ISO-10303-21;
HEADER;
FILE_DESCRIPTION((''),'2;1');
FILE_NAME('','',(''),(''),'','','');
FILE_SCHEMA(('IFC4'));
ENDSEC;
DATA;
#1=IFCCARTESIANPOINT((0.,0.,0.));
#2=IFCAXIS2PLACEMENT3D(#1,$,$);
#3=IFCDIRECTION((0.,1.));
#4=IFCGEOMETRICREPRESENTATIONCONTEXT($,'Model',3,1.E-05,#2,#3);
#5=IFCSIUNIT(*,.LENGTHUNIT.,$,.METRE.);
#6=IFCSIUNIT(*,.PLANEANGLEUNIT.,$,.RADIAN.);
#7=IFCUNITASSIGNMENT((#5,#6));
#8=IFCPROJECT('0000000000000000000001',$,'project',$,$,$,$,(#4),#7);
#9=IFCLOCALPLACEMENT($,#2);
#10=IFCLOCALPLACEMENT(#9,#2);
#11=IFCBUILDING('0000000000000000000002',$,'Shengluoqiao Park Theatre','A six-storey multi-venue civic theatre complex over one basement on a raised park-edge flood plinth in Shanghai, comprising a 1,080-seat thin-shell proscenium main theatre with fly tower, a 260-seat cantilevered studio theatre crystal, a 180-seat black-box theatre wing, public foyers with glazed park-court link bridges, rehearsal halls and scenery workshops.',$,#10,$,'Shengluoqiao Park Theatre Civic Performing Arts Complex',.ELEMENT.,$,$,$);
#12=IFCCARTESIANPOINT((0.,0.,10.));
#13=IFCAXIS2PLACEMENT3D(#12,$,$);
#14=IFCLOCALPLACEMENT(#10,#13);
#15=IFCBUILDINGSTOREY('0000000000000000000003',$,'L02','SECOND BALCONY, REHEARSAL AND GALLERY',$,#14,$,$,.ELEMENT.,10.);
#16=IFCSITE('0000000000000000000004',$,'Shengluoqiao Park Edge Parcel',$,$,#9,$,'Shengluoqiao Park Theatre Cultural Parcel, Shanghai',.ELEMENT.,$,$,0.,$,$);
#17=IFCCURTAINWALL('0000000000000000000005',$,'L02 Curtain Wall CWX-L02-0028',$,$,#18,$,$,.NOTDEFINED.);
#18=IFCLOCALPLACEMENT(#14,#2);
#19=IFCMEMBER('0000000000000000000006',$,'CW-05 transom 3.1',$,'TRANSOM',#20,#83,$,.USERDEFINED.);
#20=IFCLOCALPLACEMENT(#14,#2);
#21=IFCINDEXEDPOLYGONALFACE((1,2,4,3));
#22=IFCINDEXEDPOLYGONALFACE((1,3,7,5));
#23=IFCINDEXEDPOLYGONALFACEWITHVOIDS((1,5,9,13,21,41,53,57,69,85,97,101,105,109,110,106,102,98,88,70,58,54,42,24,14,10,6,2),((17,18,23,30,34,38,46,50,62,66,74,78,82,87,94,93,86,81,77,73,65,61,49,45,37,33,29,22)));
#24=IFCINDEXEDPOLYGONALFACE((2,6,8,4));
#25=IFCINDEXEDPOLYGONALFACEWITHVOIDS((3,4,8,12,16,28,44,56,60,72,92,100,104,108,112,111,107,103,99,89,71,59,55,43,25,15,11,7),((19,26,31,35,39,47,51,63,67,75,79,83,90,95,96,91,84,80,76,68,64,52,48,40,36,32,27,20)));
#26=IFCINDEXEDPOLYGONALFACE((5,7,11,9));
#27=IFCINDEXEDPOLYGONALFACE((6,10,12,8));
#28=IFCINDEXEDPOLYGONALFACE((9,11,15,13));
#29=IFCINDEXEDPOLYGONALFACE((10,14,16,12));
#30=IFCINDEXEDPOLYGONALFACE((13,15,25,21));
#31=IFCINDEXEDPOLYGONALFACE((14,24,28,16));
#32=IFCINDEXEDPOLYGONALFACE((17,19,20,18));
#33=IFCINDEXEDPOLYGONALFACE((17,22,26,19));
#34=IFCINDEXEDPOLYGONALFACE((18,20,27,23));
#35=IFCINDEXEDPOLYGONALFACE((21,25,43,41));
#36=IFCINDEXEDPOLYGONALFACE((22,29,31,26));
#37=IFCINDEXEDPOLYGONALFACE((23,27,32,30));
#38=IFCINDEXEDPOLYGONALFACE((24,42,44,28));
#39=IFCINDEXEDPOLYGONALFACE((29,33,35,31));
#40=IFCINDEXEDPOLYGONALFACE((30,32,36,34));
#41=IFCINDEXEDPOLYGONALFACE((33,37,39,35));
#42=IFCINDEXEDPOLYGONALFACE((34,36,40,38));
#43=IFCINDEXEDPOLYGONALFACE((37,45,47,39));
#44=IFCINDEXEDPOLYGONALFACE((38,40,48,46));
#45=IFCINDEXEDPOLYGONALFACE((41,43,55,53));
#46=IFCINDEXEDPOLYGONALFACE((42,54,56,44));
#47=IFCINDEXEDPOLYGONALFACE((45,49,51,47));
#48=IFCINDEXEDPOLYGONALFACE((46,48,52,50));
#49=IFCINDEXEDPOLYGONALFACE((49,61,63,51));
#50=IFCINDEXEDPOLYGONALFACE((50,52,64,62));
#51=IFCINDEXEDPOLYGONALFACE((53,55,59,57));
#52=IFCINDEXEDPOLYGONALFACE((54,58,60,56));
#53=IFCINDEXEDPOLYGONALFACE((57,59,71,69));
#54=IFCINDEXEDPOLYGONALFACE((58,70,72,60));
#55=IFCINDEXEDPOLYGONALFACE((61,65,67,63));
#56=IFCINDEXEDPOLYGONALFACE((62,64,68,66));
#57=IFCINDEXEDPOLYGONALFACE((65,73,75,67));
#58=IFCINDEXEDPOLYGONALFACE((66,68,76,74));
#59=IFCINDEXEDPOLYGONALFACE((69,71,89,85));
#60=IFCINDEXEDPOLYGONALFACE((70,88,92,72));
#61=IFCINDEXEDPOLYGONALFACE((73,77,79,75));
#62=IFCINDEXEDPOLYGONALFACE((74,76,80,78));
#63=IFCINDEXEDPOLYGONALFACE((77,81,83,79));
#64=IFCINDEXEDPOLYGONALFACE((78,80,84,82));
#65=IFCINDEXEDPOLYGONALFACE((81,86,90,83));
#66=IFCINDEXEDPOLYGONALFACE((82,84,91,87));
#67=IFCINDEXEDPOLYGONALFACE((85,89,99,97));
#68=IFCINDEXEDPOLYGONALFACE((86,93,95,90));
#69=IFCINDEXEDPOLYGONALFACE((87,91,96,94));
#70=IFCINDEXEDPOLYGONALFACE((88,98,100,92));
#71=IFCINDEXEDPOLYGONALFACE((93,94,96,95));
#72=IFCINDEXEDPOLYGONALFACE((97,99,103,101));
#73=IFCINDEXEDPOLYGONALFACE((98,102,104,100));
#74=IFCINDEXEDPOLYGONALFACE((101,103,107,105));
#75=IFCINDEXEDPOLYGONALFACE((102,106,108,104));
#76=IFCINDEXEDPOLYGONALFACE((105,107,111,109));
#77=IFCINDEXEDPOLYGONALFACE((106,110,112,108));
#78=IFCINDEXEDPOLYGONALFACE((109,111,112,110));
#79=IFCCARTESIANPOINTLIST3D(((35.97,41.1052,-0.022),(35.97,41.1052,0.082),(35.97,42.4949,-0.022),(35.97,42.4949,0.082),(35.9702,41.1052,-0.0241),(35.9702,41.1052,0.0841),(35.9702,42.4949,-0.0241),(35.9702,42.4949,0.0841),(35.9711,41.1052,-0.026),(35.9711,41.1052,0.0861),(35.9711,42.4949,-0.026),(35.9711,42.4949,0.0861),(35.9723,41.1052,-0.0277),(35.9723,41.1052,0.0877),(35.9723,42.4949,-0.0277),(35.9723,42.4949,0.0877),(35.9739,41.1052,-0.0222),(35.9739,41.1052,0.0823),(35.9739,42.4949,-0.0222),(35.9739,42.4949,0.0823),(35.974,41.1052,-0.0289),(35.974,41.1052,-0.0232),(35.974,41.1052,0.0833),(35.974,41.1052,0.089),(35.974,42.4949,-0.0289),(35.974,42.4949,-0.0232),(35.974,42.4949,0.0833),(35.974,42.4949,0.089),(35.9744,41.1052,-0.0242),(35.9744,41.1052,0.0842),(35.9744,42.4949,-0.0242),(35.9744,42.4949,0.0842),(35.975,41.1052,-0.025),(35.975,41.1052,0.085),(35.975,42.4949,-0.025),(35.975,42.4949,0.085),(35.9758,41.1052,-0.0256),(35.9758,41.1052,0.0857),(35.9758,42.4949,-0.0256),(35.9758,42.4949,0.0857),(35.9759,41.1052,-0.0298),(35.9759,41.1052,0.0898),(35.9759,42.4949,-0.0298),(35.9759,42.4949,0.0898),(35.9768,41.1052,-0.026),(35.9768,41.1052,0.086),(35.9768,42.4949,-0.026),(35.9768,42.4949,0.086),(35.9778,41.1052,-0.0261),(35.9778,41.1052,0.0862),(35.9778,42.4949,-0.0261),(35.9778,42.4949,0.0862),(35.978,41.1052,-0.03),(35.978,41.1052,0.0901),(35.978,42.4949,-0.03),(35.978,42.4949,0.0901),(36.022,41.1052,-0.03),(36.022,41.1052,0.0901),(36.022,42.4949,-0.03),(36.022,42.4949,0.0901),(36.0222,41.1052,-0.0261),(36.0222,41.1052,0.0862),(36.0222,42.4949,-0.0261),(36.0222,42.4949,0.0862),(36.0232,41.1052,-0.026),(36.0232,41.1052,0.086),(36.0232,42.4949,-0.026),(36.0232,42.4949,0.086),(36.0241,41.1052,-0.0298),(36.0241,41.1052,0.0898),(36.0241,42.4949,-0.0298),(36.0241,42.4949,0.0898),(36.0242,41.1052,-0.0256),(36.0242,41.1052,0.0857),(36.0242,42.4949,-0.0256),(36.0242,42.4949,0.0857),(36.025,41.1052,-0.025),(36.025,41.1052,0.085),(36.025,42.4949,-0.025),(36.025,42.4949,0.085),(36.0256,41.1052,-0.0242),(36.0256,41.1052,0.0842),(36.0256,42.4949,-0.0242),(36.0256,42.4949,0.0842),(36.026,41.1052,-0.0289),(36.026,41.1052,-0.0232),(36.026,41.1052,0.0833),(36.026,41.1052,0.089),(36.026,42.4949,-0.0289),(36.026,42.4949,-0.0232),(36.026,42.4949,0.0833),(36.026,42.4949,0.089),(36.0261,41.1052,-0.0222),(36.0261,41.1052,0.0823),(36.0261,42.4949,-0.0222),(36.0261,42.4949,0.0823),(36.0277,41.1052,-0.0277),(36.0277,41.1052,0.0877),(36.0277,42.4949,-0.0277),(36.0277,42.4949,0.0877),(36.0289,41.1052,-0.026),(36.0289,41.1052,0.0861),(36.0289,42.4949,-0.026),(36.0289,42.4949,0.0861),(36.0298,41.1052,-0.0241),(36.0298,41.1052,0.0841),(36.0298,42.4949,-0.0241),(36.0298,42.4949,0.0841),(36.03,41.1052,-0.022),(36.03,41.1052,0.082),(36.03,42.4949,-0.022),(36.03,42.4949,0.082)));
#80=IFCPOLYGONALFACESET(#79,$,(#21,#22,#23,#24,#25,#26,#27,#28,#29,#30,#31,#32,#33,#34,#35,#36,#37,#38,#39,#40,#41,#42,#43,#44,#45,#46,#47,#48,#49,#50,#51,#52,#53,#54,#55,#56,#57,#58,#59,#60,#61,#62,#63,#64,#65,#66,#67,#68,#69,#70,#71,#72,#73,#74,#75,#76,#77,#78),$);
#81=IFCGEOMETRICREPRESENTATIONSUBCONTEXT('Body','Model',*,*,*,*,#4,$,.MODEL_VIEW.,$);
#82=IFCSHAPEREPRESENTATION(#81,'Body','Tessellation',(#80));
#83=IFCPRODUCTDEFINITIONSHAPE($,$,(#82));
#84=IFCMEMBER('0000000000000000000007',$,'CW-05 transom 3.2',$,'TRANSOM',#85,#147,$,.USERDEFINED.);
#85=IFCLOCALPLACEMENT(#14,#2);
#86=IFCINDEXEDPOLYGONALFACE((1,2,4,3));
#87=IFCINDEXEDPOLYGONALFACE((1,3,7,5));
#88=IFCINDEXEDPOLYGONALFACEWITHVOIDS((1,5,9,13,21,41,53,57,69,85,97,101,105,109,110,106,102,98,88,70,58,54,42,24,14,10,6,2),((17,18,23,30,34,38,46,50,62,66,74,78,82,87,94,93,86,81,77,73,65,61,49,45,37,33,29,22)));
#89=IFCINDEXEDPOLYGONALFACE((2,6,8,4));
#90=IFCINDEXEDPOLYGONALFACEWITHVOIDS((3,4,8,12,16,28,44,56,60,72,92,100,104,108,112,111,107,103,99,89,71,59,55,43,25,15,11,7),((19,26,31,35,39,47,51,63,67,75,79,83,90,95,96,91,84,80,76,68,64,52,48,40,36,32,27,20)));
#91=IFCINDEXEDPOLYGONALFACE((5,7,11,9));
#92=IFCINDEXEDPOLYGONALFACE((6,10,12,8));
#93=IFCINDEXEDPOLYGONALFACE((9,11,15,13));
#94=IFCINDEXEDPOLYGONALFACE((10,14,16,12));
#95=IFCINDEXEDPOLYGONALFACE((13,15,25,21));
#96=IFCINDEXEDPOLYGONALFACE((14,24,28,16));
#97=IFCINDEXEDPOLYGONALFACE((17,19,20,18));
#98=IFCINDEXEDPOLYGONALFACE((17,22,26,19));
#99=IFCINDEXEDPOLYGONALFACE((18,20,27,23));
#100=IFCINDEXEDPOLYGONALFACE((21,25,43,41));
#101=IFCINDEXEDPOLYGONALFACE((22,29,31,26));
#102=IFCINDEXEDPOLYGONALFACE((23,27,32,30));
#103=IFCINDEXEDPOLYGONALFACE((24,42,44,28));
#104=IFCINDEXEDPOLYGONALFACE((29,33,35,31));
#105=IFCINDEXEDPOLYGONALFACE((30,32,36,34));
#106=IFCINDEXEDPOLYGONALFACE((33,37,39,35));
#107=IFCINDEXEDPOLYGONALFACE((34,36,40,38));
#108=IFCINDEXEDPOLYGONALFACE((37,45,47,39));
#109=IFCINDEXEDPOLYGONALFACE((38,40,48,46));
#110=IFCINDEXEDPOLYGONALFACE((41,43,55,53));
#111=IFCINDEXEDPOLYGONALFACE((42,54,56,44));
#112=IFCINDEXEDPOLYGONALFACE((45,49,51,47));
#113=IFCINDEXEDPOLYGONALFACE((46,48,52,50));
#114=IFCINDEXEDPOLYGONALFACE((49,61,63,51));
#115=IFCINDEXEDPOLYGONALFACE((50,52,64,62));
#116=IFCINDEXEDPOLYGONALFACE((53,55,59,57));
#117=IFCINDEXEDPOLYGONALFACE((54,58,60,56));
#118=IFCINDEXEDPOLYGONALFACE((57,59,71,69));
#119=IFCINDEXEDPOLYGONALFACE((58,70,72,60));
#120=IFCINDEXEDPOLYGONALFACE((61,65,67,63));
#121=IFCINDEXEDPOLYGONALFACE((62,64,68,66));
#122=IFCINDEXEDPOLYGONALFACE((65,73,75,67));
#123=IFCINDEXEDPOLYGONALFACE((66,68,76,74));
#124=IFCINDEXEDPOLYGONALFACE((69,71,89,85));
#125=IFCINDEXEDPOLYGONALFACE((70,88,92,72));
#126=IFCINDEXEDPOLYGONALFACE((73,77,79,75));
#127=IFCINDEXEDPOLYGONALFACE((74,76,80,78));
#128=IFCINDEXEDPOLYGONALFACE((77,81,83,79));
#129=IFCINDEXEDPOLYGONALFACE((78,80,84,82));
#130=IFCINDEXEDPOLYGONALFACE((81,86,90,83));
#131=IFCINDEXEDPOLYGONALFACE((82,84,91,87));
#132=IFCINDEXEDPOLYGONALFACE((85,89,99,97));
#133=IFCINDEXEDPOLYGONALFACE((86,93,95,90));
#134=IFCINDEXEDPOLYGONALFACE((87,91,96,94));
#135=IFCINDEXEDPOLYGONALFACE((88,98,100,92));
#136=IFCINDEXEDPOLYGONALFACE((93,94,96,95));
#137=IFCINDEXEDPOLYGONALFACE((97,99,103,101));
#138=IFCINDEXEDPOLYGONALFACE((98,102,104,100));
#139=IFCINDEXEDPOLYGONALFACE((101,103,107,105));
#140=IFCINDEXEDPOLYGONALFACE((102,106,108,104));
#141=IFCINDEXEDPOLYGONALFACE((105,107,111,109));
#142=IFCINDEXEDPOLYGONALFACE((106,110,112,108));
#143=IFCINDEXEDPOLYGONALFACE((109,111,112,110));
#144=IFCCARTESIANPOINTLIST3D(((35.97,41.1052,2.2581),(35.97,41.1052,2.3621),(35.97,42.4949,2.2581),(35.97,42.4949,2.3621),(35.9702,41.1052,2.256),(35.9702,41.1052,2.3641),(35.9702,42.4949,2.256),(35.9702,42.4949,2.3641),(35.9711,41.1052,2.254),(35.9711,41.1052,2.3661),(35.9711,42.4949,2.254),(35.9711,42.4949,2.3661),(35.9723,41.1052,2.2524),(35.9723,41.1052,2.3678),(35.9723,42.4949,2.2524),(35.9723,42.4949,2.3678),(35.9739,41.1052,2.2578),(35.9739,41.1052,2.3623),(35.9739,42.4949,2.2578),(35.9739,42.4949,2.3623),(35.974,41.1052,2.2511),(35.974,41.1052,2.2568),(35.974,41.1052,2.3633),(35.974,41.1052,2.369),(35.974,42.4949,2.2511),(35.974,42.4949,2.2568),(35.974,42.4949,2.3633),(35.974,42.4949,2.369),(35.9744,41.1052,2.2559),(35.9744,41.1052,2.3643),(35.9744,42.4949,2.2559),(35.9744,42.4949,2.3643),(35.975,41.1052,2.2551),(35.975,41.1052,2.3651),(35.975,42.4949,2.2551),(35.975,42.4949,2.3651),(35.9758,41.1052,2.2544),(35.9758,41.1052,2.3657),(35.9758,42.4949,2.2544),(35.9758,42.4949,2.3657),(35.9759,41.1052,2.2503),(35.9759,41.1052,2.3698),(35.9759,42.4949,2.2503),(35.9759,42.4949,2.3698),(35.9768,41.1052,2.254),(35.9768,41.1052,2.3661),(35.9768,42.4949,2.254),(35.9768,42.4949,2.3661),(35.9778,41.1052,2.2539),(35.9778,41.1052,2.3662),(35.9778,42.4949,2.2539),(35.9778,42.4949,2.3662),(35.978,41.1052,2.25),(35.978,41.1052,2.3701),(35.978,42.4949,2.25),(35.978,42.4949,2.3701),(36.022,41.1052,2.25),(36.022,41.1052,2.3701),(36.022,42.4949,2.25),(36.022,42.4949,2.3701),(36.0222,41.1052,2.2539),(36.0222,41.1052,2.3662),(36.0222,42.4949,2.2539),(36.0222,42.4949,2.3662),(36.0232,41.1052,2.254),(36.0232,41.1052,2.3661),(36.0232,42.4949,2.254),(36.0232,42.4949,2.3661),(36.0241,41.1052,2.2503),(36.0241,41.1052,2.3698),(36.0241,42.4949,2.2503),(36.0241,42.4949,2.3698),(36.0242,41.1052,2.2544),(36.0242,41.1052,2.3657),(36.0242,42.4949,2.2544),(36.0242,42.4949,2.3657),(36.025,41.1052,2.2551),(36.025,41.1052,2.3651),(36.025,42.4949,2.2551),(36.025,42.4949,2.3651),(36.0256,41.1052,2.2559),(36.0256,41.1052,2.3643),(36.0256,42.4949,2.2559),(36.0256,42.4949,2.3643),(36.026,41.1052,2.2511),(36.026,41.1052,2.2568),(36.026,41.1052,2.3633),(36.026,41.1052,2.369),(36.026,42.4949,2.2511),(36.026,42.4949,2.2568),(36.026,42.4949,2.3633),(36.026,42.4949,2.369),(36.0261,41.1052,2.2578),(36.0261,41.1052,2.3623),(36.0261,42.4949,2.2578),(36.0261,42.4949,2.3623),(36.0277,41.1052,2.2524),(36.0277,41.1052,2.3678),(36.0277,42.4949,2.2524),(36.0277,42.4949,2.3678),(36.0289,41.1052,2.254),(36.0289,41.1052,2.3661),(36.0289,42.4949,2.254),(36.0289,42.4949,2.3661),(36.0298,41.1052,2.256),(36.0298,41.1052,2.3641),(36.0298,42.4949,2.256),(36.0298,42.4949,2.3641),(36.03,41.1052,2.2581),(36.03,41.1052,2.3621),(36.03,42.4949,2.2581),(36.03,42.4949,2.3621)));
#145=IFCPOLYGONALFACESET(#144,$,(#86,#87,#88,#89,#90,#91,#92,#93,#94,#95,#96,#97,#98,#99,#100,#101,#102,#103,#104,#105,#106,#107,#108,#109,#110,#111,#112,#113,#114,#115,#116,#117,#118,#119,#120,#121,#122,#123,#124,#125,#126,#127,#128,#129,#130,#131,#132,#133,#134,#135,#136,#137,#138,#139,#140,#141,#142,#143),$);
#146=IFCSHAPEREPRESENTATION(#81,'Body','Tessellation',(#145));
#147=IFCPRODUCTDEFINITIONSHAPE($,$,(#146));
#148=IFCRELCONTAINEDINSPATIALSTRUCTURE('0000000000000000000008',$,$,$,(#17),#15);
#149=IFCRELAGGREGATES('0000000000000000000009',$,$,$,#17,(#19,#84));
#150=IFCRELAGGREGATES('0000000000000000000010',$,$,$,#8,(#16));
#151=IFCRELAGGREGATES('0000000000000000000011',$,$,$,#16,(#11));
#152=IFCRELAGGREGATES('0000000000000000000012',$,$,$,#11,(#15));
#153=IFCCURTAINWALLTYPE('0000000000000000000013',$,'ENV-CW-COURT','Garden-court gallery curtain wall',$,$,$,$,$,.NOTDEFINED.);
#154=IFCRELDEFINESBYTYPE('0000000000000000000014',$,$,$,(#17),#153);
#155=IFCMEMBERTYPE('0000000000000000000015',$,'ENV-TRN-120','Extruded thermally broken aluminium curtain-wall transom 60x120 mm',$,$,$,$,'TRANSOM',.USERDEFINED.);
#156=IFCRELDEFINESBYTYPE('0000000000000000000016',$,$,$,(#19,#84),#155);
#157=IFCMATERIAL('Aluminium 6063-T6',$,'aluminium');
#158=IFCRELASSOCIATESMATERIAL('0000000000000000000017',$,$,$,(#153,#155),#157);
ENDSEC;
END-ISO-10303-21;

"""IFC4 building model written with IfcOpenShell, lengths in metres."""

from ifc_helpers import new_model, si_unit, direction, frame, origin, origin_2d, place, context, subcontext, project, spatial, hollow_rectangle, extrude, material, material_profile, profile_set, type_object, element, aggregate, save


model = new_model("IFC4")

# Units and contexts
model_context = context("Model", 3, precision=1e-05, world=origin(), true_north=direction((0.0, 1.0)))
body_context = subcontext(model_context, "Body", "Model", "MODEL_VIEW")
ifc_project = project(units=[si_unit("LENGTHUNIT", "METRE"), si_unit("PLANEANGLEUNIT", "RADIAN")], contexts=[model_context])

# Site, building, storey
site_placement = place(None, origin())
site = spatial("IfcSite", under=ifc_project, at=site_placement, Name="Shengluoqiao Park Edge Parcel", LongName="Shengluoqiao Park Theatre Cultural Parcel, Shanghai", CompositionType="ELEMENT", RefElevation=0.0)
building_placement = place(site_placement, origin())
building = spatial("IfcBuilding", under=site, at=building_placement, Name="Shengluoqiao Park Theatre", Description="A six-storey multi-venue civic theatre complex over one basement on a raised park-edge flood plinth in Shanghai, comprising a 1,080-seat thin-shell proscenium main theatre with fly tower, a 260-seat cantilevered studio theatre crystal, a 180-seat black-box theatre wing, public foyers with glazed park-court link bridges, rehearsal halls and scenery workshops.", LongName="Shengluoqiao Park Theatre Civic Performing Arts Complex", CompositionType="ELEMENT")
storey_placement = place(building_placement, frame((0.0, 0.0, 10.0)))
storey = spatial("IfcBuildingStorey", under=building, at=storey_placement, Name="L02", Description="SECOND BALCONY, REHEARSAL AND GALLERY", CompositionType="ELEMENT", Elevation=10.0)

# Shared definitions
ifc_material_1 = material(Name="Aluminium 6063-T6", Category="aluminium")
curtain_wall_type = type_object("IfcCurtainWallType", Name="ENV-CW-COURT", Description="Garden-court gallery curtain wall", PredefinedType="NOTDEFINED", material=ifc_material_1)

# Curtain wall, members
curtain_wall_1_placement = place(storey_placement, origin())
curtain_wall_1 = element("IfcCurtainWall", 1, at=curtain_wall_1_placement, inside=storey, type_object=curtain_wall_type, Name="L02 Curtain Wall CWX-L02-0028", PredefinedType="NOTDEFINED")
ifc_material_profile_1 = material_profile(ifc_material_1, hollow_rectangle(XDim=0.0601, YDim=0.1201, WallThickness=0.0039, InnerFilletRadius=0.0039, OuterFilletRadius=0.0081, at=origin_2d()), Name="ALU TRANSOM 120x60x4")
ifc_profile_set_1 = profile_set([ifc_material_profile_1], Name="Aluminium 6063-T6")
member_type_1 = type_object("IfcMemberType", Name="ENV-TRN-120", Description="Extruded thermally broken aluminium curtain-wall transom 60x120 mm", ElementType="TRANSOM", PredefinedType="USERDEFINED", material=ifc_profile_set_1)
member_1_placement = place(storey_placement, frame((36.0, 41.1052, 0.03), z_axis=(0.0, 1.0, 0.0), x_axis=(-1.0, 0.0, 0.0)))
member_1 = element("IfcMember", 2, at=member_1_placement, type_object=member_type_1, Name="CW-05 transom 3.1", ObjectType="TRANSOM", PredefinedType="USERDEFINED", context=body_context, shape_type="SweptSolid", body=[
    extrude(hollow_rectangle(XDim=0.0601, YDim=0.1201, WallThickness=0.0039, InnerFilletRadius=0.0039, OuterFilletRadius=0.0081, at=origin_2d()), origin(), (0.0, 0.0, 1.0), 1.3896),
])
member_2_placement = place(storey_placement, frame((36.0, 41.1052, 2.3101), z_axis=(0.0, 1.0, 0.0), x_axis=(-1.0, 0.0, 0.0)))
member_2 = element("IfcMember", 3, at=member_2_placement, type_object=member_type_1, Name="CW-05 transom 3.2", ObjectType="TRANSOM", PredefinedType="USERDEFINED", context=body_context, shape_type="SweptSolid", body=[
    extrude(hollow_rectangle(XDim=0.0601, YDim=0.1201, WallThickness=0.0039, InnerFilletRadius=0.0039, OuterFilletRadius=0.0081, at=origin_2d()), origin(), (0.0, 0.0, 1.0), 1.3896),
])

aggregate(curtain_wall_1, [member_1, member_2])

save(model, "model.ifc")
